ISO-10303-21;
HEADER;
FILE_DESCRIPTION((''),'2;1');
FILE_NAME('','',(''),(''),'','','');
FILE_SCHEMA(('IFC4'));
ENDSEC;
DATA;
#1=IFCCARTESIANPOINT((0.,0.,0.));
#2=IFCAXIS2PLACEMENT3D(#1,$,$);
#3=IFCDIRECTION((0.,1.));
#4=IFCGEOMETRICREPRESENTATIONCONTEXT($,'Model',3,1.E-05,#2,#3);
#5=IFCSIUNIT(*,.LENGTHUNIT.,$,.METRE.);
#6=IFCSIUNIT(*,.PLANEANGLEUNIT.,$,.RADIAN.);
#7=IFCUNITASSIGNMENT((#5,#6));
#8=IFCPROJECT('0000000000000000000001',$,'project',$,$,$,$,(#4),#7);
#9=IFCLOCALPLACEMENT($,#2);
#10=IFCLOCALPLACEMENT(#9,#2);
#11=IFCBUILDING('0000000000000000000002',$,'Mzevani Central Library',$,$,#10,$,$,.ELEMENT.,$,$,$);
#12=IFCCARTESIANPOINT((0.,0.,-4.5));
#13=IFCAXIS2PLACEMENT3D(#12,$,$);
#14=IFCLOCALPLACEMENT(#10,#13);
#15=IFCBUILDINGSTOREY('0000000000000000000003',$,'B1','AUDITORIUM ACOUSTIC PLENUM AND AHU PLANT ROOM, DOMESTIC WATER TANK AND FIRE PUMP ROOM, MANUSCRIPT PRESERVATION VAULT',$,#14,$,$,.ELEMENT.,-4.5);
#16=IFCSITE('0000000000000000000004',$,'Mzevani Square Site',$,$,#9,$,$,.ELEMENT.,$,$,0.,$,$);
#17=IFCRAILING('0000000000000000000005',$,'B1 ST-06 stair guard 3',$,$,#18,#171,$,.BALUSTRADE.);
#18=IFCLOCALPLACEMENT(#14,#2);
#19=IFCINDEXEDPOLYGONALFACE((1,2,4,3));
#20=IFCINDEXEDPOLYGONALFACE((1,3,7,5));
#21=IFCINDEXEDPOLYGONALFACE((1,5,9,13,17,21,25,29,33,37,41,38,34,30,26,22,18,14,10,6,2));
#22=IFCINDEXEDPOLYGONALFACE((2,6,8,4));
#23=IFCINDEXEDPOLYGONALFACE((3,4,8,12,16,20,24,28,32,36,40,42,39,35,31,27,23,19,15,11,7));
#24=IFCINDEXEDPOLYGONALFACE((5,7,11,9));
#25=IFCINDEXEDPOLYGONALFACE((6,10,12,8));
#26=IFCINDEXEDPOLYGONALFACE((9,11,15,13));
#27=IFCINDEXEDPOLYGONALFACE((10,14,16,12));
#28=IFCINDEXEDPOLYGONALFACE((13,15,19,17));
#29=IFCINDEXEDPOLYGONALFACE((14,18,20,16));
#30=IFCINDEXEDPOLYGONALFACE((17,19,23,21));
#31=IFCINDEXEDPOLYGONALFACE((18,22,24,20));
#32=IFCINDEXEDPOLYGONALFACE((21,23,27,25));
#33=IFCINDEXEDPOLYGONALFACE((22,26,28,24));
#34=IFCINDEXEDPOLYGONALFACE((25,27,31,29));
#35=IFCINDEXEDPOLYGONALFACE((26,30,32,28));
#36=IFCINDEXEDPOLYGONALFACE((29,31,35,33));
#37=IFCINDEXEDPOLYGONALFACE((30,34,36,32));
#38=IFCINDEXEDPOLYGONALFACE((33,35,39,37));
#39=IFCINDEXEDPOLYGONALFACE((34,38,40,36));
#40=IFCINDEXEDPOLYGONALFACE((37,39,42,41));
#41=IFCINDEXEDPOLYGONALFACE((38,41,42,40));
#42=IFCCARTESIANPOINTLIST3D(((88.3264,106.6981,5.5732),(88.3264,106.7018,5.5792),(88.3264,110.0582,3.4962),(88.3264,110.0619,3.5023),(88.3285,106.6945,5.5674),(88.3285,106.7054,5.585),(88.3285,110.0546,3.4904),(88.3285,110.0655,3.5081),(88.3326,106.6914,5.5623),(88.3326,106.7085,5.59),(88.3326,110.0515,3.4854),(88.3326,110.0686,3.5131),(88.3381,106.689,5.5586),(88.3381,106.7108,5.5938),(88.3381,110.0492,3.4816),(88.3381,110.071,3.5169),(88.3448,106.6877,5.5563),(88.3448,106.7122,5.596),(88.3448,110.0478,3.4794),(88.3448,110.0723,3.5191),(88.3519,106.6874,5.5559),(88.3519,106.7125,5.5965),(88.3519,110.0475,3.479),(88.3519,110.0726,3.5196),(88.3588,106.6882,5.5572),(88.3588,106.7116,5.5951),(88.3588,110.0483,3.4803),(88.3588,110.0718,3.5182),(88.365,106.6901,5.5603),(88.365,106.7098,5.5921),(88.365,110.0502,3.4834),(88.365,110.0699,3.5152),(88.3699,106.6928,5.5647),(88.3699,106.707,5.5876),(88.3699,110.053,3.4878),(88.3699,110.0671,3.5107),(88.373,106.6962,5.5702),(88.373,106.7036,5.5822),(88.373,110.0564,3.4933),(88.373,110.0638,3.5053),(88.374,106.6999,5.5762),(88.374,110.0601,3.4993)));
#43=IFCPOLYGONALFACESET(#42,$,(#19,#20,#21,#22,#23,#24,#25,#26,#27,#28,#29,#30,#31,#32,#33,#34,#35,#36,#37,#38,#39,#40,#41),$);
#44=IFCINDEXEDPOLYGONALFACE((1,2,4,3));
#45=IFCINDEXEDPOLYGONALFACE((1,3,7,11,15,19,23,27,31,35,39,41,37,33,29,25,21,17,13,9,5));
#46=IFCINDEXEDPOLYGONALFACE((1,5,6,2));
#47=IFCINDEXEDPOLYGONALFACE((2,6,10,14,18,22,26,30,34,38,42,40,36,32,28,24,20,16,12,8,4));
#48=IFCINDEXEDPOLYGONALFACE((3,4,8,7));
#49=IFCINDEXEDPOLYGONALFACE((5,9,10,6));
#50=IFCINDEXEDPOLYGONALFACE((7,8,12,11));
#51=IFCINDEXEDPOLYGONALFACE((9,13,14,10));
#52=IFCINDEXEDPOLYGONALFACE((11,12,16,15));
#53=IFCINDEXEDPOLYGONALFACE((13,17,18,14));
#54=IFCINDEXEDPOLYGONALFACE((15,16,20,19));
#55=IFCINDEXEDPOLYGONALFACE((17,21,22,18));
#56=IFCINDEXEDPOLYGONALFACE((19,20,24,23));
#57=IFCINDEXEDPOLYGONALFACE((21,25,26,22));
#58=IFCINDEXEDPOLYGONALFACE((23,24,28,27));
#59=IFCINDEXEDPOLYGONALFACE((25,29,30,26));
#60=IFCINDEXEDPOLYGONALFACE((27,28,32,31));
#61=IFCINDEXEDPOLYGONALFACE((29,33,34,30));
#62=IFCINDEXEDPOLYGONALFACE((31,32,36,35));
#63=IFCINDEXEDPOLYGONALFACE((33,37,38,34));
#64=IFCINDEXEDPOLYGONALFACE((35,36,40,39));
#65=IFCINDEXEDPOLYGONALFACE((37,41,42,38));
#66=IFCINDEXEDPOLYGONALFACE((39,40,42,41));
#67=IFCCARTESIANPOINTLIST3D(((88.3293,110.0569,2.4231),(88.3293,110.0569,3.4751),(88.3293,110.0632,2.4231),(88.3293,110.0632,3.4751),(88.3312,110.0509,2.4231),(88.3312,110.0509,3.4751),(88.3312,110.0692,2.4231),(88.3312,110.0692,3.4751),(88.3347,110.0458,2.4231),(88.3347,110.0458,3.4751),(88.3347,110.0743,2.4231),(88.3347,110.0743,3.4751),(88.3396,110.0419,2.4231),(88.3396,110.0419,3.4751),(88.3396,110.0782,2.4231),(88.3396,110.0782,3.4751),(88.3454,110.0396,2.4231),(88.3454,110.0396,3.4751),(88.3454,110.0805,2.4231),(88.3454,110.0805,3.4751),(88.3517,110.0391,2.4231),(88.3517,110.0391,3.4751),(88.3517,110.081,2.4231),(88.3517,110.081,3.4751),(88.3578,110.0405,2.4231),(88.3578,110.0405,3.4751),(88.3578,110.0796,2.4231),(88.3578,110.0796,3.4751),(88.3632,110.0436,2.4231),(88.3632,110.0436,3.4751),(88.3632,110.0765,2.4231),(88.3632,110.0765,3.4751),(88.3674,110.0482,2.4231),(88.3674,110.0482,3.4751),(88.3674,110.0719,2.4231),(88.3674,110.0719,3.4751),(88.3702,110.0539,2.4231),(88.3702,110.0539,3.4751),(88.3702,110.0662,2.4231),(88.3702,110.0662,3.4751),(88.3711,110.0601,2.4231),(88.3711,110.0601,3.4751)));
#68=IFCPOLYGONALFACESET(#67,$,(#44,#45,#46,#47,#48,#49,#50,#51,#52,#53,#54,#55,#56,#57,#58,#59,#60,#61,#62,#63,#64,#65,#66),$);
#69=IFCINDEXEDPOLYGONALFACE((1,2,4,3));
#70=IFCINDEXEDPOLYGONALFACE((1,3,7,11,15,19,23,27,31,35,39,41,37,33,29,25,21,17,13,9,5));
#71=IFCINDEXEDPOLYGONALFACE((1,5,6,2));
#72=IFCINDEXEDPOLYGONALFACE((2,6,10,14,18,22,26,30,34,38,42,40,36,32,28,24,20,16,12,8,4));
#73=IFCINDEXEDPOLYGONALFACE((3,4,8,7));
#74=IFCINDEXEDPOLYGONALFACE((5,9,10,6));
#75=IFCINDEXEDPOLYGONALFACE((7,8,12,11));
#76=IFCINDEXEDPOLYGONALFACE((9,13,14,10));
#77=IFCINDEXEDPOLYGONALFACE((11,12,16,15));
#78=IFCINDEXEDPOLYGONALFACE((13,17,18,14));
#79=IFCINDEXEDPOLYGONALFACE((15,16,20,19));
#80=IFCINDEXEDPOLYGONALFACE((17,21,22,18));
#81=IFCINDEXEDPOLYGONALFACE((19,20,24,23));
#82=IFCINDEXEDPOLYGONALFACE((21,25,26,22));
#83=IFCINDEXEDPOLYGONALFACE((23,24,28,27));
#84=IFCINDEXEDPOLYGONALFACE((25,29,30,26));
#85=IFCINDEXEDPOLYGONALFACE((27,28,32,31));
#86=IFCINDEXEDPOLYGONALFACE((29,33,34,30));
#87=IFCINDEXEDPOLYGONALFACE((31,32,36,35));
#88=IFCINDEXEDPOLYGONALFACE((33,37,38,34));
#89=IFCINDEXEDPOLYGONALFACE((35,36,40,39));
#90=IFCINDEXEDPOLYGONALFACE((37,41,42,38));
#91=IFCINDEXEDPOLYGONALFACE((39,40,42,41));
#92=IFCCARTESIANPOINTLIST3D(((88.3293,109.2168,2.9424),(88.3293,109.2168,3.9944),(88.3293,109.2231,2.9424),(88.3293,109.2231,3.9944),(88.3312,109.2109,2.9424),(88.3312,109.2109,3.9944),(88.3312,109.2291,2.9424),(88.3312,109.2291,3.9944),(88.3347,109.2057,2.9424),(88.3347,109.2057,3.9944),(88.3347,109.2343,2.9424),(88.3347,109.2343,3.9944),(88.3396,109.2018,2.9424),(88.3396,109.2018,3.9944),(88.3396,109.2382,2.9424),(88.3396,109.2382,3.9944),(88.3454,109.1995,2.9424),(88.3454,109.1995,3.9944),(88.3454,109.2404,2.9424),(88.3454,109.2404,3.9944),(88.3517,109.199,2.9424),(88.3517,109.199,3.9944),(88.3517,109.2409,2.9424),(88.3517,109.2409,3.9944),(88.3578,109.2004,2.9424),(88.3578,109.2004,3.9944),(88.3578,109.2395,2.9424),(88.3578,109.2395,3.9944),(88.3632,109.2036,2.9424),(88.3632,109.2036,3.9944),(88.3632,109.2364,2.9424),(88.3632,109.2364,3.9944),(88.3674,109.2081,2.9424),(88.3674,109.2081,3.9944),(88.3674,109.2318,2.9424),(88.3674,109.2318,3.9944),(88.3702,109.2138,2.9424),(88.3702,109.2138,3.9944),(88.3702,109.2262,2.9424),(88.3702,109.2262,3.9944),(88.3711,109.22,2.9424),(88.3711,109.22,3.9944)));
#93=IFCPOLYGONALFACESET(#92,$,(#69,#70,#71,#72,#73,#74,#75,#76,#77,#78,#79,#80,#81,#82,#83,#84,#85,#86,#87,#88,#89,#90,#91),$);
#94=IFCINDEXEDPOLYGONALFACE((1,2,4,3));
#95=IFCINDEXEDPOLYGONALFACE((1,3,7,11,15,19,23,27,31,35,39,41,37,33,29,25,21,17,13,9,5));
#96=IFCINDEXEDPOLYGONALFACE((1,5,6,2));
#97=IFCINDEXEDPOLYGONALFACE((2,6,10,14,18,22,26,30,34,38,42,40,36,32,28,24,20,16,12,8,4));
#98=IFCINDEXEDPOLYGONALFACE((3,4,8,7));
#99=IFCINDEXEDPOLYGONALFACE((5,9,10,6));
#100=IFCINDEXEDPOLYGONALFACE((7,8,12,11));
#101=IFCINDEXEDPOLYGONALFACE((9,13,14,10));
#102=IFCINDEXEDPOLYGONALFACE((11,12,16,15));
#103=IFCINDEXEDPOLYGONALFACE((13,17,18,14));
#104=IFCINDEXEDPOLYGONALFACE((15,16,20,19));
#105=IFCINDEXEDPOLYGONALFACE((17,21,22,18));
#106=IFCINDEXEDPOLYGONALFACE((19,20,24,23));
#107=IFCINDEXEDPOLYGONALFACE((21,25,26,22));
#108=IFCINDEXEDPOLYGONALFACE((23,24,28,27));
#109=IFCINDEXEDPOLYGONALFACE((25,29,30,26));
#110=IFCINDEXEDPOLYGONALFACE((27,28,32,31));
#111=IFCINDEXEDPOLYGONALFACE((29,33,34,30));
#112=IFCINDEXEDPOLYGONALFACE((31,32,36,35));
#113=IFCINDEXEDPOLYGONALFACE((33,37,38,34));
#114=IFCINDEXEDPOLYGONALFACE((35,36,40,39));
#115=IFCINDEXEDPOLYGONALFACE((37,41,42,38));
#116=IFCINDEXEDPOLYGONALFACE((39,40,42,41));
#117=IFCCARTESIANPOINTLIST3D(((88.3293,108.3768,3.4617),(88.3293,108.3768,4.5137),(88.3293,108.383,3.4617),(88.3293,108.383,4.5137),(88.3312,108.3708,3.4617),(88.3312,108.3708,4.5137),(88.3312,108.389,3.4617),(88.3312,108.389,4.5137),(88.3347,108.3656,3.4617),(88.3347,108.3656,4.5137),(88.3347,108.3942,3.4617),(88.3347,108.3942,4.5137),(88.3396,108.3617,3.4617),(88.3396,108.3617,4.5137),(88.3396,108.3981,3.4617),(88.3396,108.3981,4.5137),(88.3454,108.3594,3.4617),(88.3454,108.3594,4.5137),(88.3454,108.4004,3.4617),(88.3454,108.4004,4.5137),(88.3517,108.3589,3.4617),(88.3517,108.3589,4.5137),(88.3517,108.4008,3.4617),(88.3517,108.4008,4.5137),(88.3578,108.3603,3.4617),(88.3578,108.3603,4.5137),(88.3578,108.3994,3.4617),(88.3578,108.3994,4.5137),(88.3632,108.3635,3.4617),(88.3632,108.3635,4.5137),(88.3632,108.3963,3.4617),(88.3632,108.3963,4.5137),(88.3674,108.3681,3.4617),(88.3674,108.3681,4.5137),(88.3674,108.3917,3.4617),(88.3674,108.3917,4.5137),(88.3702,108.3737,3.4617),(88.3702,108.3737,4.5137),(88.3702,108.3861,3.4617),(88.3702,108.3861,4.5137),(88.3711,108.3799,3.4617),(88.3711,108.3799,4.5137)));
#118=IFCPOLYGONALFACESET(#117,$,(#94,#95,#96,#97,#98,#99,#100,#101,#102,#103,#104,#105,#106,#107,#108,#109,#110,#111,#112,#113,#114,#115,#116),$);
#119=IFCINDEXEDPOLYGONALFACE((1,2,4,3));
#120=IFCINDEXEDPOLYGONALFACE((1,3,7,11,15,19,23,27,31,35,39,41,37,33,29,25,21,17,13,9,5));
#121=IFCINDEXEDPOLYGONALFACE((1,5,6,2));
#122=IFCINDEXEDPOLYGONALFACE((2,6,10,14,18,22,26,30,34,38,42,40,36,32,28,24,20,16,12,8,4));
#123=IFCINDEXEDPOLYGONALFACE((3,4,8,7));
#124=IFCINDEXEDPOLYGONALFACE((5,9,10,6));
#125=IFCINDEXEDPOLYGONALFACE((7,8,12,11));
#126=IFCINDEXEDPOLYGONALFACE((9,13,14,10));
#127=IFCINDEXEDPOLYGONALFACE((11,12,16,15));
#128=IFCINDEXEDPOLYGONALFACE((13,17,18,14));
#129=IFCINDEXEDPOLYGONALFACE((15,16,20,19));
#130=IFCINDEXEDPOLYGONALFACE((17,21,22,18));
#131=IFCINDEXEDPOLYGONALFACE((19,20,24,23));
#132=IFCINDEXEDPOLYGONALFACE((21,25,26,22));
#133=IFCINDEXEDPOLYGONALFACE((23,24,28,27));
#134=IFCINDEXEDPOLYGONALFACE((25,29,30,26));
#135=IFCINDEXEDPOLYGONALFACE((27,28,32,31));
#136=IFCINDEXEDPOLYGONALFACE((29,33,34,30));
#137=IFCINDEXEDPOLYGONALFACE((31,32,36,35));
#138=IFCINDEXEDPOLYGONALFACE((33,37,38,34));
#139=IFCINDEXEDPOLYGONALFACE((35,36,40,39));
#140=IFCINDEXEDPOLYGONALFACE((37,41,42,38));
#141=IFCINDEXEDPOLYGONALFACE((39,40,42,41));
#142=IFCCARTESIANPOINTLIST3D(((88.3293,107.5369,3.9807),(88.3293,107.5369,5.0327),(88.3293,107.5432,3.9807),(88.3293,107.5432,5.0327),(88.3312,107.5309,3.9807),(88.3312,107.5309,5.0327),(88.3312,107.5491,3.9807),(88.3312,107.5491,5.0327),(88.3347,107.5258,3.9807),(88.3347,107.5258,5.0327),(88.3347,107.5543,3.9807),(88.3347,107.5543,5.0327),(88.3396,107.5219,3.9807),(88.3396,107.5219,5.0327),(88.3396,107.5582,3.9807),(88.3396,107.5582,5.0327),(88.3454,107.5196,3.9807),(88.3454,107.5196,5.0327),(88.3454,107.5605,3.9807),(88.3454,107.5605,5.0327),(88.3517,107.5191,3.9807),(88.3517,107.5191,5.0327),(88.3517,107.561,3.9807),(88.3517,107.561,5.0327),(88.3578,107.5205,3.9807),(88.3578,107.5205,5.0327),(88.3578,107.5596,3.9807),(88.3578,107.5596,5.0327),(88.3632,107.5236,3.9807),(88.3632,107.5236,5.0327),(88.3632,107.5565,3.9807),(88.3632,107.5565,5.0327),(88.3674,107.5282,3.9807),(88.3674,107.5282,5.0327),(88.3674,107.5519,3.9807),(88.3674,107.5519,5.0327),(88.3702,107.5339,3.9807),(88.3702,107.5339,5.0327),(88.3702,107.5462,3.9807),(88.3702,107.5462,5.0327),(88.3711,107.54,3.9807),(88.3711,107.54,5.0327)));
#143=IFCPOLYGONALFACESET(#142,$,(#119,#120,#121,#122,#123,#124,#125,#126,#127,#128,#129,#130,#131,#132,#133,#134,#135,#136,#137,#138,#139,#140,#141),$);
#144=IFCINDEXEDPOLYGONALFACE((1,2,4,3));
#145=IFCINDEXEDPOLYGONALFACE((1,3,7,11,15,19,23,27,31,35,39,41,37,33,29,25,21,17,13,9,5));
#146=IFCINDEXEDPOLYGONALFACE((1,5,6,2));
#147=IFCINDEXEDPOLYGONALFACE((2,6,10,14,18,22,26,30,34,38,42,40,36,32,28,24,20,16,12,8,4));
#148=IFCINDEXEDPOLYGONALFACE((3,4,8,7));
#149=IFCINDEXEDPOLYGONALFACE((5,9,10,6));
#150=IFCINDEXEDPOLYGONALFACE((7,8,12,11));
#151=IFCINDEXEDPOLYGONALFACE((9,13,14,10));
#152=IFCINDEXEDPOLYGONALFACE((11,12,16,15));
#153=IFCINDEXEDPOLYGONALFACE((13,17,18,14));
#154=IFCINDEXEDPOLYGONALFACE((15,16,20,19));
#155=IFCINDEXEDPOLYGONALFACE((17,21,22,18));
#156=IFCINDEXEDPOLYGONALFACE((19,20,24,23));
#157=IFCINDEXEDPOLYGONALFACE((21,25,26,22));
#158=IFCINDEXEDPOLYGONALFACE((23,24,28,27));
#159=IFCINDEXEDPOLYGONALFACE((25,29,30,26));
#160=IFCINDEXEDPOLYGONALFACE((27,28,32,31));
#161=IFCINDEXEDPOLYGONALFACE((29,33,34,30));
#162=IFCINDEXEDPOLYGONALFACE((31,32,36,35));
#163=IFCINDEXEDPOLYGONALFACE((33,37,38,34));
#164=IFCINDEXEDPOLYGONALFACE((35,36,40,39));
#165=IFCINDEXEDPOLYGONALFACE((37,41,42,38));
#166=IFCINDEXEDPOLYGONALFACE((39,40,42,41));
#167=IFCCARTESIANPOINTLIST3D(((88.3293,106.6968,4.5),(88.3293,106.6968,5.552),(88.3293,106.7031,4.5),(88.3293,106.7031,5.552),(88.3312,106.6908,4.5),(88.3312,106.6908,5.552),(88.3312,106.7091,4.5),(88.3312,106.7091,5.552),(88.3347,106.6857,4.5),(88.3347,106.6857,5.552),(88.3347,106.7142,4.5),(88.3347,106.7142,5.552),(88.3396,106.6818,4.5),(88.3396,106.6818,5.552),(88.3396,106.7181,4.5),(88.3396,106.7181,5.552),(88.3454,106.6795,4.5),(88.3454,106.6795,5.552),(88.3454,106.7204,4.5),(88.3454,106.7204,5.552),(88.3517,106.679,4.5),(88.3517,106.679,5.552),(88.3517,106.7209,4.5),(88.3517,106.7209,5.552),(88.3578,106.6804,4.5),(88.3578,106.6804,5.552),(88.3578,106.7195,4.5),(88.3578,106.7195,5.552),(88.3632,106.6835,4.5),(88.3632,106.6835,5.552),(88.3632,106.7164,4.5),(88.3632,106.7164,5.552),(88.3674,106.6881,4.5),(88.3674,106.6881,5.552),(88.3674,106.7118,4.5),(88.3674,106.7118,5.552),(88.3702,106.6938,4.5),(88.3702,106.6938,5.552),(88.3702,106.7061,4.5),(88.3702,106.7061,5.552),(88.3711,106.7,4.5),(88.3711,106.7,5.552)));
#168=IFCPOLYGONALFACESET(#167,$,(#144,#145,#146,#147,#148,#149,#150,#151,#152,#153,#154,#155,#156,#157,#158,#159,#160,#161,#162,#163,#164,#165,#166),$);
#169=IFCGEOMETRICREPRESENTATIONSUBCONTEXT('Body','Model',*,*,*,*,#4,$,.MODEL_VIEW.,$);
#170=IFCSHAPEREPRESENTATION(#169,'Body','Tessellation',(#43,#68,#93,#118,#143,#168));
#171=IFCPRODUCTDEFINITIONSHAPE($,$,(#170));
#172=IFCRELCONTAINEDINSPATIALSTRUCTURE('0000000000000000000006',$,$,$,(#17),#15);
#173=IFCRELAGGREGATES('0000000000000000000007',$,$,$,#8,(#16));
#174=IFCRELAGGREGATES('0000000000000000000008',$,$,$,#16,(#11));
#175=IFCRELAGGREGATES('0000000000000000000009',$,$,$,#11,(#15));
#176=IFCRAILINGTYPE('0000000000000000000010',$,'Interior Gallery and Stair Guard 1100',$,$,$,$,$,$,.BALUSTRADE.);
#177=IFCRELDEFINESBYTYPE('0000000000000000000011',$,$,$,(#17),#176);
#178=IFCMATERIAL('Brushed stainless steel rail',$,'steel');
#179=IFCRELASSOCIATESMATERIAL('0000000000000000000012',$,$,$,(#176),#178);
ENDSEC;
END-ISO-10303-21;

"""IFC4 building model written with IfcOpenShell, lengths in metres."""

from ifc_helpers import new_model, si_unit, direction, frame, origin, origin_2d, place, context, subcontext, project, spatial, circle, extrude, material, type_object, element, save


model = new_model("IFC4")

# Units and contexts
model_context = context("Model", 3, precision=1e-05, world=origin(), true_north=direction((0.0, 1.0)))
body_context = subcontext(model_context, "Body", "Model", "MODEL_VIEW")
ifc_project = project(units=[si_unit("LENGTHUNIT", "METRE"), si_unit("PLANEANGLEUNIT", "RADIAN")], contexts=[model_context])

# Site, building, storey
site_placement = place(None, origin())
site = spatial("IfcSite", under=ifc_project, at=site_placement, Name="Mzevani Square Site", CompositionType="ELEMENT", RefElevation=0.0)
building_placement = place(site_placement, origin())
building = spatial("IfcBuilding", under=site, at=building_placement, Name="Mzevani Central Library", CompositionType="ELEMENT")
storey_placement = place(building_placement, frame((0.0, 0.0, -4.5)))
storey = spatial("IfcBuildingStorey", under=building, at=storey_placement, Name="B1", Description="AUDITORIUM ACOUSTIC PLENUM AND AHU PLANT ROOM, DOMESTIC WATER TANK AND FIRE PUMP ROOM, MANUSCRIPT PRESERVATION VAULT", CompositionType="ELEMENT", Elevation=-4.5)

# Railing
ifc_material_1 = material(Name="Brushed stainless steel rail", Category="steel")
railing_type_1 = type_object("IfcRailingType", Name="Interior Gallery and Stair Guard 1100", PredefinedType="BALUSTRADE", material=ifc_material_1)
railing_1_placement = place(storey_placement, frame((88.3501, 110.0601, 2.4231)))
element("IfcRailing", 1, at=railing_1_placement, inside=storey, type_object=railing_type_1, Name="B1 ST-06 stair guard 3", PredefinedType="BALUSTRADE", context=body_context, shape_type="SweptSolid", body=[
    extrude(circle(Radius=0.0239, at=origin_2d()), frame((0.0, 0.0, 1.0762), z_axis=(0.0, -0.850623, 0.525776), x_axis=(1.0, 0.0, 0.0)), (0.0, 0.0, 1.0), 3.9502),
    extrude(circle(Radius=0.021, at=origin_2d()), origin(), (0.0, 0.0, 1.0), 1.052),
    extrude(circle(Radius=0.021, at=origin_2d()), frame((0.0, -0.8401, 0.5193)), (0.0, 0.0, 1.0), 1.052),
    extrude(circle(Radius=0.021, at=origin_2d()), frame((0.0, -1.6802, 1.0386)), (0.0, 0.0, 1.0), 1.052),
    extrude(circle(Radius=0.021, at=origin_2d()), frame((0.0, -2.52, 1.5576)), (0.0, 0.0, 1.0), 1.052),
    extrude(circle(Radius=0.021, at=origin_2d()), frame((0.0, -3.3601, 2.0769)), (0.0, 0.0, 1.0), 1.052),
])

save(model, "model.ifc")
